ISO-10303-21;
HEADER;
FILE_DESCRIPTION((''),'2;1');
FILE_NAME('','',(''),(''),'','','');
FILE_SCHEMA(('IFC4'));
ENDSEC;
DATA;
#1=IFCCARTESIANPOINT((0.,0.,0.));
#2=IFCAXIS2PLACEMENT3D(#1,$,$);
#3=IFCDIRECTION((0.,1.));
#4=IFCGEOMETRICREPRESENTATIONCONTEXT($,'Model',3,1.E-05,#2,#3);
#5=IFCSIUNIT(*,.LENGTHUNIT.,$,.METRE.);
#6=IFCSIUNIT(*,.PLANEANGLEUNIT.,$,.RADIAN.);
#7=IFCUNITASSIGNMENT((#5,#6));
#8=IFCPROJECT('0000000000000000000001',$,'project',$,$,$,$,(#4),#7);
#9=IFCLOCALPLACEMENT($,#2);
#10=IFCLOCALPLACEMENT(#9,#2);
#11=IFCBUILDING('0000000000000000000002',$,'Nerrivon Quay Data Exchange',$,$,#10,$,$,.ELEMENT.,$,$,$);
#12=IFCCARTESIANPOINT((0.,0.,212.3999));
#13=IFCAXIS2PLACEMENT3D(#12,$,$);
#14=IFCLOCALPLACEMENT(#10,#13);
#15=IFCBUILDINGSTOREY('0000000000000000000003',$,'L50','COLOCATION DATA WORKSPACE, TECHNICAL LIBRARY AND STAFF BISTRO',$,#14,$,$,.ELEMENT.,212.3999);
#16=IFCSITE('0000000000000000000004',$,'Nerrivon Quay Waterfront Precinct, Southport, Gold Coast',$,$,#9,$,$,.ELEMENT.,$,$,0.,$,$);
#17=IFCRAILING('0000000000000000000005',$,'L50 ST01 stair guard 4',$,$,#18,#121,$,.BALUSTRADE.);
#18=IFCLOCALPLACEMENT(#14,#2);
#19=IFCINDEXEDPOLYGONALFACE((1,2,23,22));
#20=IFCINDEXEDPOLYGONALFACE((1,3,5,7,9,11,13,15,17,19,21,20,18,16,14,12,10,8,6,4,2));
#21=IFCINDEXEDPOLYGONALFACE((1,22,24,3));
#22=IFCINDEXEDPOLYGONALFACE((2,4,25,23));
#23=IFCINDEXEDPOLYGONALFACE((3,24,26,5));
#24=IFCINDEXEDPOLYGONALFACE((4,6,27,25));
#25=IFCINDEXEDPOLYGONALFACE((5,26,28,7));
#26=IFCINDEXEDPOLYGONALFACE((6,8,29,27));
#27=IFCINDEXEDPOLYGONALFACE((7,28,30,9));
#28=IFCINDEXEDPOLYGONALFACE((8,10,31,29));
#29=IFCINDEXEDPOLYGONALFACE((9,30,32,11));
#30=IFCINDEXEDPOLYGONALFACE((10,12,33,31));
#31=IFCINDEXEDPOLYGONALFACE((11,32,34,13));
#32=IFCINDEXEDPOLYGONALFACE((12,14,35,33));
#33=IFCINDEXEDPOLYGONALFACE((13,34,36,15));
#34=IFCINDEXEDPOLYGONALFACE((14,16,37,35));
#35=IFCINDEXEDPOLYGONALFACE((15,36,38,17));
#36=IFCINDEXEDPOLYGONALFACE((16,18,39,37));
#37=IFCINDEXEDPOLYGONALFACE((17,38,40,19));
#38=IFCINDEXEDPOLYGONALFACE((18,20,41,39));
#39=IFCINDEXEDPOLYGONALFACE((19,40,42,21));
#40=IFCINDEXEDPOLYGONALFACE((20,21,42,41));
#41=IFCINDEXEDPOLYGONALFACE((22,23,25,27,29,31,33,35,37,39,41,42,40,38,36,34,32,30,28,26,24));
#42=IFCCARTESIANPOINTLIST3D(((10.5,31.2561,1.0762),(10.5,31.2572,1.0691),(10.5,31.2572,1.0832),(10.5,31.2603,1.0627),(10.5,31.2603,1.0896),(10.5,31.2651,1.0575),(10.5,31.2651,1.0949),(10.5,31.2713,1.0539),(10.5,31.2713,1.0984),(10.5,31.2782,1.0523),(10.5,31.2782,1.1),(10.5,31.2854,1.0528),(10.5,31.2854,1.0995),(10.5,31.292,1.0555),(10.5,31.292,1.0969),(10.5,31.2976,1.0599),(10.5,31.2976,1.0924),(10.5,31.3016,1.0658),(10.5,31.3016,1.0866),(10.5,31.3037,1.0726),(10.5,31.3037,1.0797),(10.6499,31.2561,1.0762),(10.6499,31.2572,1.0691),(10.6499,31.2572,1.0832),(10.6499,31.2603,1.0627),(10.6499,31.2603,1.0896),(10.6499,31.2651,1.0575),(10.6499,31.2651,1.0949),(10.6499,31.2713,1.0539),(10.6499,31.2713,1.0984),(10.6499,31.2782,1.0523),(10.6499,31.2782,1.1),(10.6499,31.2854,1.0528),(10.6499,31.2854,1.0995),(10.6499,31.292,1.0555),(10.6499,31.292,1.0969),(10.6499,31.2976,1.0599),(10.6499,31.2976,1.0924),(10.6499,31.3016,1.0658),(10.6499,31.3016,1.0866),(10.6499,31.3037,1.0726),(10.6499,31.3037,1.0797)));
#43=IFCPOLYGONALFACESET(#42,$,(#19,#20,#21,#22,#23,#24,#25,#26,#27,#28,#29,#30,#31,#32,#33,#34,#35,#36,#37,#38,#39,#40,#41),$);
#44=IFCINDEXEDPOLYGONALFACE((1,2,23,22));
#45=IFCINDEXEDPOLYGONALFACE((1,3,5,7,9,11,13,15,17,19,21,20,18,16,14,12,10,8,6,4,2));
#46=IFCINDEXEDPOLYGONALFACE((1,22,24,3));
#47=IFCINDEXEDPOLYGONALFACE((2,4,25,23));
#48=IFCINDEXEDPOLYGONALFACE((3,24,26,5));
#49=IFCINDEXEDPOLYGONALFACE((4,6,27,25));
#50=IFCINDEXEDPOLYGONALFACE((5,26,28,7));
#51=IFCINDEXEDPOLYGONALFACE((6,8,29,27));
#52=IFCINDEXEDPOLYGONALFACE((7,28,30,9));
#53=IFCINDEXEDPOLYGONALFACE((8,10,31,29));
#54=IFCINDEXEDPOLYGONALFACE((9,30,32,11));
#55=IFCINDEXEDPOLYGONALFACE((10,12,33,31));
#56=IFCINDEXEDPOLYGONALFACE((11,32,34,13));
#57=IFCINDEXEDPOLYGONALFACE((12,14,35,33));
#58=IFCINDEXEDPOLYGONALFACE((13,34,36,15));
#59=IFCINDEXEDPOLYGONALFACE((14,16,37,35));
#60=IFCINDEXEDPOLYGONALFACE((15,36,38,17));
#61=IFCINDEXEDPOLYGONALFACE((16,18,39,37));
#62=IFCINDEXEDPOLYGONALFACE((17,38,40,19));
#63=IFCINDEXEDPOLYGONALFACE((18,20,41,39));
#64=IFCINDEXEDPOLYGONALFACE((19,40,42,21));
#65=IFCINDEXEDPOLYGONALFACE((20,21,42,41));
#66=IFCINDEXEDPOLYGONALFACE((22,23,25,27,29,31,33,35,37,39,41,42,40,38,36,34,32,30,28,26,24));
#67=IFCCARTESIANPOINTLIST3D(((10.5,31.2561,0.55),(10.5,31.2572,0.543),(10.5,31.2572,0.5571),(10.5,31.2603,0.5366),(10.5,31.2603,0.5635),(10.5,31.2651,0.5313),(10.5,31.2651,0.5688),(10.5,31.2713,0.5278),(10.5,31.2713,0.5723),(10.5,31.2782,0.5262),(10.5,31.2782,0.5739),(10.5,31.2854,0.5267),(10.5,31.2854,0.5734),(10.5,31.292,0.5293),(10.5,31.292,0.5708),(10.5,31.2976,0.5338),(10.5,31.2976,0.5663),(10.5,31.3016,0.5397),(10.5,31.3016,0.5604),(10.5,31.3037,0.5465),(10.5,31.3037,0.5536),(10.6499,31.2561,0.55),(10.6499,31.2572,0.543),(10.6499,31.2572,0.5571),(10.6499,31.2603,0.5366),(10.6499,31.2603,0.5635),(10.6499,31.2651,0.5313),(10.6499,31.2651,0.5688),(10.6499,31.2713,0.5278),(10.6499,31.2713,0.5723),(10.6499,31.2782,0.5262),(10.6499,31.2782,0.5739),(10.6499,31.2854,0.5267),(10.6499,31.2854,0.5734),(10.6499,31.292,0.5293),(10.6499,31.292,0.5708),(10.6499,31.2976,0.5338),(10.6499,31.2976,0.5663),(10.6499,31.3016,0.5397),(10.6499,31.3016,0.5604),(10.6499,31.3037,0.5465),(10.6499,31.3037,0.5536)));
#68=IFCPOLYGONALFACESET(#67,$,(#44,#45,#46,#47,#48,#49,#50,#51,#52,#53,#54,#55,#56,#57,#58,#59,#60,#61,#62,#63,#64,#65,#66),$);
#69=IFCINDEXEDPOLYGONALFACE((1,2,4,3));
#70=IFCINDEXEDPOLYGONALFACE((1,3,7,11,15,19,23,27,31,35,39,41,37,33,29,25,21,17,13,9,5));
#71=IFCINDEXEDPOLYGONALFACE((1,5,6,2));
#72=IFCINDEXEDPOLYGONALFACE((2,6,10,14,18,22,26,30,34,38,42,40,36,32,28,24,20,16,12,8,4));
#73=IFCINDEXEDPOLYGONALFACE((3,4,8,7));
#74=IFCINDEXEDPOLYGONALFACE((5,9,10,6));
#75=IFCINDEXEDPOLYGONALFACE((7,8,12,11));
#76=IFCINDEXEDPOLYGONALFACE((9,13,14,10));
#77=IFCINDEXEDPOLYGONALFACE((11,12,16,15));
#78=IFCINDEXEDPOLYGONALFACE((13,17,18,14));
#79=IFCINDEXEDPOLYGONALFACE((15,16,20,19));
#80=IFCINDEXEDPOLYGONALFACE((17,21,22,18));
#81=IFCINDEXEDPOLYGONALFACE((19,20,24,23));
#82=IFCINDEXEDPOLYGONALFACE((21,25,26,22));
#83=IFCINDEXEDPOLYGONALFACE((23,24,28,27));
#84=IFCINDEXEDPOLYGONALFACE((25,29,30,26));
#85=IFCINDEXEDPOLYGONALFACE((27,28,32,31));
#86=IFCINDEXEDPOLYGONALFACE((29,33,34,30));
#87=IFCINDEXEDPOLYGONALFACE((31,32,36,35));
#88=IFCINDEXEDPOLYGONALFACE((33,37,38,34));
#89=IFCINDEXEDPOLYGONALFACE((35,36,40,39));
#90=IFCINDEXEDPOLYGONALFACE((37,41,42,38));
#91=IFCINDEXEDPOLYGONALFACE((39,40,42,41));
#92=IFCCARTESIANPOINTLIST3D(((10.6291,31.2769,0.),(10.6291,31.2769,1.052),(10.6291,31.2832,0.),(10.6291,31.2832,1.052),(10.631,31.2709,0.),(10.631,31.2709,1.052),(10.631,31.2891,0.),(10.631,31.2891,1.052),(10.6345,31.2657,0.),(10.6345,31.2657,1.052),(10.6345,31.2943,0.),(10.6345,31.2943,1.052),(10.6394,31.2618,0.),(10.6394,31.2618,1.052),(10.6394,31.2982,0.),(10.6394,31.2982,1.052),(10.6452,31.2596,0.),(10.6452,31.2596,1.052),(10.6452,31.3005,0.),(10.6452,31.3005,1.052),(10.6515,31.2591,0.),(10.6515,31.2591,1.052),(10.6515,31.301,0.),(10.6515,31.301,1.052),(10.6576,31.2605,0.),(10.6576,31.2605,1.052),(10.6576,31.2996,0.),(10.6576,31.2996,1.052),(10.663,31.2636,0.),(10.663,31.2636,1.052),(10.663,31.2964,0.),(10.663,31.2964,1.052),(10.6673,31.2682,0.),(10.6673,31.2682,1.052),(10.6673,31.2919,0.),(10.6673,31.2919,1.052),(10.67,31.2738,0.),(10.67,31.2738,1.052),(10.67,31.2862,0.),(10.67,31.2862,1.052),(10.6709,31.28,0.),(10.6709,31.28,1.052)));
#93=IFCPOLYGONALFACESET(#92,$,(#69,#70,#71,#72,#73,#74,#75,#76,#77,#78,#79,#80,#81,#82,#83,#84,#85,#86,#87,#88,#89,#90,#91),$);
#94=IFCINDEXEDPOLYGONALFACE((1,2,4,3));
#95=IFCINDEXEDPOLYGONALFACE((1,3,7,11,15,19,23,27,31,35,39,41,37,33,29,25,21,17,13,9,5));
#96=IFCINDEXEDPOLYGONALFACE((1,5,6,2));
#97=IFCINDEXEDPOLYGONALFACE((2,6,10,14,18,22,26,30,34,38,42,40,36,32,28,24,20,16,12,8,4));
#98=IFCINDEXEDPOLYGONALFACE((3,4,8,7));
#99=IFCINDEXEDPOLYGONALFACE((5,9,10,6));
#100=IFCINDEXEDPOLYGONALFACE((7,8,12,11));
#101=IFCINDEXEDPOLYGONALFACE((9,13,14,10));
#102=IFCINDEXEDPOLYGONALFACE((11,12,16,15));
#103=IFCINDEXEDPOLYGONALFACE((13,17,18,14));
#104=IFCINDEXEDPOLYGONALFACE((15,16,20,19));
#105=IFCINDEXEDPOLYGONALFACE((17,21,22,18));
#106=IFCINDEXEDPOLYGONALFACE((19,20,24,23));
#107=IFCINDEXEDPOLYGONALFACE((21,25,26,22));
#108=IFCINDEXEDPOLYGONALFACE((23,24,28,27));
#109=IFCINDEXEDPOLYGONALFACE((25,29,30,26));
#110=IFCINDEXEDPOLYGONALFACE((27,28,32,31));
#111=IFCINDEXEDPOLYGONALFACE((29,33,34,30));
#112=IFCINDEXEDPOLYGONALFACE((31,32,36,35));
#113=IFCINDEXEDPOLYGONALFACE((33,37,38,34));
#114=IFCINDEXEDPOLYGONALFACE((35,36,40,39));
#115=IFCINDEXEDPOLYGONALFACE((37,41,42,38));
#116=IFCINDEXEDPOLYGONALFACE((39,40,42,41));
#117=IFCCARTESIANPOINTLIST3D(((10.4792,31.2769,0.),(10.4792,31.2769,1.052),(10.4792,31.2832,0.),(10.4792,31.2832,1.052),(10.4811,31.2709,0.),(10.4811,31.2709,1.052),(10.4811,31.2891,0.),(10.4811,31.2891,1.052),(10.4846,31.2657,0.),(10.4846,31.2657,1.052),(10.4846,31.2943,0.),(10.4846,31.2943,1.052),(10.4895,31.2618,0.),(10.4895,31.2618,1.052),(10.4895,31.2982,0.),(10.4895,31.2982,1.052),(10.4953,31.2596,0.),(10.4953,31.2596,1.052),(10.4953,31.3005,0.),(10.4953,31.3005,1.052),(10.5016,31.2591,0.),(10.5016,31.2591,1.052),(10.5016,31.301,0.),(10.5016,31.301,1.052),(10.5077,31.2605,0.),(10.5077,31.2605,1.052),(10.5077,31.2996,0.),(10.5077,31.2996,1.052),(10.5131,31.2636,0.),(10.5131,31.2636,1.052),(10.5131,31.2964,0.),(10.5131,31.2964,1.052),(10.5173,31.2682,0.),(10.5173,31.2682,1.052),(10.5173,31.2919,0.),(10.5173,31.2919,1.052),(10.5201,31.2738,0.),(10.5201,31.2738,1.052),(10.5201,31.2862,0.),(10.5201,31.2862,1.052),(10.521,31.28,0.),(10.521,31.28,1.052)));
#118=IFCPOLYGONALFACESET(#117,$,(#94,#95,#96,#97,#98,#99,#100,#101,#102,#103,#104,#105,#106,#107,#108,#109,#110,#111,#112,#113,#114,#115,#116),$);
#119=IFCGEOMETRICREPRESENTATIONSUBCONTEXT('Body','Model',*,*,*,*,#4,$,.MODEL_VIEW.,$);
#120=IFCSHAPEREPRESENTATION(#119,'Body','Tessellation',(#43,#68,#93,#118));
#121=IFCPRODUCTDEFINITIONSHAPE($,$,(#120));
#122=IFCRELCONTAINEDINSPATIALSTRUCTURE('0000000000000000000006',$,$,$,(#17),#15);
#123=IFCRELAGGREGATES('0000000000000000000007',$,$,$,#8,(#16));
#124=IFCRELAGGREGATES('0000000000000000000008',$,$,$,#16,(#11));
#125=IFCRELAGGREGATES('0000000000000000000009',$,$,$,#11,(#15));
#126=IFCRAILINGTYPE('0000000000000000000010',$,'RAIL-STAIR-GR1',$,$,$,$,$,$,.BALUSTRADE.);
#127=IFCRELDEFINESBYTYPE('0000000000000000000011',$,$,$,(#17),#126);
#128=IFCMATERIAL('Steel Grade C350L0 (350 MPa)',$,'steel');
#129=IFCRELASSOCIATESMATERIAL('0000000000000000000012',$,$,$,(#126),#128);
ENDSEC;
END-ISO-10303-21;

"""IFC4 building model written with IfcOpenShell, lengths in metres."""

from ifc_helpers import new_model, si_unit, direction, frame, origin, origin_2d, place, context, subcontext, project, spatial, circle, extrude, material, type_object, element, save


model = new_model("IFC4")

# Units and contexts
model_context = context("Model", 3, precision=1e-05, world=origin(), true_north=direction((0.0, 1.0)))
body_context = subcontext(model_context, "Body", "Model", "MODEL_VIEW")
ifc_project = project(units=[si_unit("LENGTHUNIT", "METRE"), si_unit("PLANEANGLEUNIT", "RADIAN")], contexts=[model_context])

# Site, building, storey
site_placement = place(None, origin())
site = spatial("IfcSite", under=ifc_project, at=site_placement, Name="Nerrivon Quay Waterfront Precinct, Southport, Gold Coast", CompositionType="ELEMENT", RefElevation=0.0)
building_placement = place(site_placement, origin())
building = spatial("IfcBuilding", under=site, at=building_placement, Name="Nerrivon Quay Data Exchange", CompositionType="ELEMENT")
storey_placement = place(building_placement, frame((0.0, 0.0, 212.3999)))
storey = spatial("IfcBuildingStorey", under=building, at=storey_placement, Name="L50", Description="COLOCATION DATA WORKSPACE, TECHNICAL LIBRARY AND STAFF BISTRO", CompositionType="ELEMENT", Elevation=212.3999)

# Railing
ifc_material_1 = material(Name="Steel Grade C350L0 (350 MPa)", Category="steel")
railing_type_1 = type_object("IfcRailingType", Name="RAIL-STAIR-GR1", PredefinedType="BALUSTRADE", material=ifc_material_1)
railing_1_placement = place(storey_placement, frame((10.6499, 31.28, 0.0)))
element("IfcRailing", 1, at=railing_1_placement, inside=storey, type_object=railing_type_1, Name="L50 ST01 stair guard 4", PredefinedType="BALUSTRADE", context=body_context, shape_type="SweptSolid", body=[
    extrude(circle(Radius=0.0239, at=origin_2d()), frame((0.0, 0.0, 1.0762), z_axis=(-1.0, 0.0, 0.0), x_axis=(0.0, -1.0, 0.0)), (0.0, 0.0, 1.0), 0.1499),
    extrude(circle(Radius=0.0239, at=origin_2d()), frame((0.0, 0.0, 0.55), z_axis=(-1.0, 0.0, 0.0), x_axis=(0.0, -1.0, 0.0)), (0.0, 0.0, 1.0), 0.1499),
    extrude(circle(Radius=0.021, at=origin_2d()), origin(), (0.0, 0.0, 1.0), 1.052),
    extrude(circle(Radius=0.021, at=origin_2d()), frame((-0.1499, 0.0, 0.0)), (0.0, 0.0, 1.0), 1.052),
])

save(model, "model.ifc")
